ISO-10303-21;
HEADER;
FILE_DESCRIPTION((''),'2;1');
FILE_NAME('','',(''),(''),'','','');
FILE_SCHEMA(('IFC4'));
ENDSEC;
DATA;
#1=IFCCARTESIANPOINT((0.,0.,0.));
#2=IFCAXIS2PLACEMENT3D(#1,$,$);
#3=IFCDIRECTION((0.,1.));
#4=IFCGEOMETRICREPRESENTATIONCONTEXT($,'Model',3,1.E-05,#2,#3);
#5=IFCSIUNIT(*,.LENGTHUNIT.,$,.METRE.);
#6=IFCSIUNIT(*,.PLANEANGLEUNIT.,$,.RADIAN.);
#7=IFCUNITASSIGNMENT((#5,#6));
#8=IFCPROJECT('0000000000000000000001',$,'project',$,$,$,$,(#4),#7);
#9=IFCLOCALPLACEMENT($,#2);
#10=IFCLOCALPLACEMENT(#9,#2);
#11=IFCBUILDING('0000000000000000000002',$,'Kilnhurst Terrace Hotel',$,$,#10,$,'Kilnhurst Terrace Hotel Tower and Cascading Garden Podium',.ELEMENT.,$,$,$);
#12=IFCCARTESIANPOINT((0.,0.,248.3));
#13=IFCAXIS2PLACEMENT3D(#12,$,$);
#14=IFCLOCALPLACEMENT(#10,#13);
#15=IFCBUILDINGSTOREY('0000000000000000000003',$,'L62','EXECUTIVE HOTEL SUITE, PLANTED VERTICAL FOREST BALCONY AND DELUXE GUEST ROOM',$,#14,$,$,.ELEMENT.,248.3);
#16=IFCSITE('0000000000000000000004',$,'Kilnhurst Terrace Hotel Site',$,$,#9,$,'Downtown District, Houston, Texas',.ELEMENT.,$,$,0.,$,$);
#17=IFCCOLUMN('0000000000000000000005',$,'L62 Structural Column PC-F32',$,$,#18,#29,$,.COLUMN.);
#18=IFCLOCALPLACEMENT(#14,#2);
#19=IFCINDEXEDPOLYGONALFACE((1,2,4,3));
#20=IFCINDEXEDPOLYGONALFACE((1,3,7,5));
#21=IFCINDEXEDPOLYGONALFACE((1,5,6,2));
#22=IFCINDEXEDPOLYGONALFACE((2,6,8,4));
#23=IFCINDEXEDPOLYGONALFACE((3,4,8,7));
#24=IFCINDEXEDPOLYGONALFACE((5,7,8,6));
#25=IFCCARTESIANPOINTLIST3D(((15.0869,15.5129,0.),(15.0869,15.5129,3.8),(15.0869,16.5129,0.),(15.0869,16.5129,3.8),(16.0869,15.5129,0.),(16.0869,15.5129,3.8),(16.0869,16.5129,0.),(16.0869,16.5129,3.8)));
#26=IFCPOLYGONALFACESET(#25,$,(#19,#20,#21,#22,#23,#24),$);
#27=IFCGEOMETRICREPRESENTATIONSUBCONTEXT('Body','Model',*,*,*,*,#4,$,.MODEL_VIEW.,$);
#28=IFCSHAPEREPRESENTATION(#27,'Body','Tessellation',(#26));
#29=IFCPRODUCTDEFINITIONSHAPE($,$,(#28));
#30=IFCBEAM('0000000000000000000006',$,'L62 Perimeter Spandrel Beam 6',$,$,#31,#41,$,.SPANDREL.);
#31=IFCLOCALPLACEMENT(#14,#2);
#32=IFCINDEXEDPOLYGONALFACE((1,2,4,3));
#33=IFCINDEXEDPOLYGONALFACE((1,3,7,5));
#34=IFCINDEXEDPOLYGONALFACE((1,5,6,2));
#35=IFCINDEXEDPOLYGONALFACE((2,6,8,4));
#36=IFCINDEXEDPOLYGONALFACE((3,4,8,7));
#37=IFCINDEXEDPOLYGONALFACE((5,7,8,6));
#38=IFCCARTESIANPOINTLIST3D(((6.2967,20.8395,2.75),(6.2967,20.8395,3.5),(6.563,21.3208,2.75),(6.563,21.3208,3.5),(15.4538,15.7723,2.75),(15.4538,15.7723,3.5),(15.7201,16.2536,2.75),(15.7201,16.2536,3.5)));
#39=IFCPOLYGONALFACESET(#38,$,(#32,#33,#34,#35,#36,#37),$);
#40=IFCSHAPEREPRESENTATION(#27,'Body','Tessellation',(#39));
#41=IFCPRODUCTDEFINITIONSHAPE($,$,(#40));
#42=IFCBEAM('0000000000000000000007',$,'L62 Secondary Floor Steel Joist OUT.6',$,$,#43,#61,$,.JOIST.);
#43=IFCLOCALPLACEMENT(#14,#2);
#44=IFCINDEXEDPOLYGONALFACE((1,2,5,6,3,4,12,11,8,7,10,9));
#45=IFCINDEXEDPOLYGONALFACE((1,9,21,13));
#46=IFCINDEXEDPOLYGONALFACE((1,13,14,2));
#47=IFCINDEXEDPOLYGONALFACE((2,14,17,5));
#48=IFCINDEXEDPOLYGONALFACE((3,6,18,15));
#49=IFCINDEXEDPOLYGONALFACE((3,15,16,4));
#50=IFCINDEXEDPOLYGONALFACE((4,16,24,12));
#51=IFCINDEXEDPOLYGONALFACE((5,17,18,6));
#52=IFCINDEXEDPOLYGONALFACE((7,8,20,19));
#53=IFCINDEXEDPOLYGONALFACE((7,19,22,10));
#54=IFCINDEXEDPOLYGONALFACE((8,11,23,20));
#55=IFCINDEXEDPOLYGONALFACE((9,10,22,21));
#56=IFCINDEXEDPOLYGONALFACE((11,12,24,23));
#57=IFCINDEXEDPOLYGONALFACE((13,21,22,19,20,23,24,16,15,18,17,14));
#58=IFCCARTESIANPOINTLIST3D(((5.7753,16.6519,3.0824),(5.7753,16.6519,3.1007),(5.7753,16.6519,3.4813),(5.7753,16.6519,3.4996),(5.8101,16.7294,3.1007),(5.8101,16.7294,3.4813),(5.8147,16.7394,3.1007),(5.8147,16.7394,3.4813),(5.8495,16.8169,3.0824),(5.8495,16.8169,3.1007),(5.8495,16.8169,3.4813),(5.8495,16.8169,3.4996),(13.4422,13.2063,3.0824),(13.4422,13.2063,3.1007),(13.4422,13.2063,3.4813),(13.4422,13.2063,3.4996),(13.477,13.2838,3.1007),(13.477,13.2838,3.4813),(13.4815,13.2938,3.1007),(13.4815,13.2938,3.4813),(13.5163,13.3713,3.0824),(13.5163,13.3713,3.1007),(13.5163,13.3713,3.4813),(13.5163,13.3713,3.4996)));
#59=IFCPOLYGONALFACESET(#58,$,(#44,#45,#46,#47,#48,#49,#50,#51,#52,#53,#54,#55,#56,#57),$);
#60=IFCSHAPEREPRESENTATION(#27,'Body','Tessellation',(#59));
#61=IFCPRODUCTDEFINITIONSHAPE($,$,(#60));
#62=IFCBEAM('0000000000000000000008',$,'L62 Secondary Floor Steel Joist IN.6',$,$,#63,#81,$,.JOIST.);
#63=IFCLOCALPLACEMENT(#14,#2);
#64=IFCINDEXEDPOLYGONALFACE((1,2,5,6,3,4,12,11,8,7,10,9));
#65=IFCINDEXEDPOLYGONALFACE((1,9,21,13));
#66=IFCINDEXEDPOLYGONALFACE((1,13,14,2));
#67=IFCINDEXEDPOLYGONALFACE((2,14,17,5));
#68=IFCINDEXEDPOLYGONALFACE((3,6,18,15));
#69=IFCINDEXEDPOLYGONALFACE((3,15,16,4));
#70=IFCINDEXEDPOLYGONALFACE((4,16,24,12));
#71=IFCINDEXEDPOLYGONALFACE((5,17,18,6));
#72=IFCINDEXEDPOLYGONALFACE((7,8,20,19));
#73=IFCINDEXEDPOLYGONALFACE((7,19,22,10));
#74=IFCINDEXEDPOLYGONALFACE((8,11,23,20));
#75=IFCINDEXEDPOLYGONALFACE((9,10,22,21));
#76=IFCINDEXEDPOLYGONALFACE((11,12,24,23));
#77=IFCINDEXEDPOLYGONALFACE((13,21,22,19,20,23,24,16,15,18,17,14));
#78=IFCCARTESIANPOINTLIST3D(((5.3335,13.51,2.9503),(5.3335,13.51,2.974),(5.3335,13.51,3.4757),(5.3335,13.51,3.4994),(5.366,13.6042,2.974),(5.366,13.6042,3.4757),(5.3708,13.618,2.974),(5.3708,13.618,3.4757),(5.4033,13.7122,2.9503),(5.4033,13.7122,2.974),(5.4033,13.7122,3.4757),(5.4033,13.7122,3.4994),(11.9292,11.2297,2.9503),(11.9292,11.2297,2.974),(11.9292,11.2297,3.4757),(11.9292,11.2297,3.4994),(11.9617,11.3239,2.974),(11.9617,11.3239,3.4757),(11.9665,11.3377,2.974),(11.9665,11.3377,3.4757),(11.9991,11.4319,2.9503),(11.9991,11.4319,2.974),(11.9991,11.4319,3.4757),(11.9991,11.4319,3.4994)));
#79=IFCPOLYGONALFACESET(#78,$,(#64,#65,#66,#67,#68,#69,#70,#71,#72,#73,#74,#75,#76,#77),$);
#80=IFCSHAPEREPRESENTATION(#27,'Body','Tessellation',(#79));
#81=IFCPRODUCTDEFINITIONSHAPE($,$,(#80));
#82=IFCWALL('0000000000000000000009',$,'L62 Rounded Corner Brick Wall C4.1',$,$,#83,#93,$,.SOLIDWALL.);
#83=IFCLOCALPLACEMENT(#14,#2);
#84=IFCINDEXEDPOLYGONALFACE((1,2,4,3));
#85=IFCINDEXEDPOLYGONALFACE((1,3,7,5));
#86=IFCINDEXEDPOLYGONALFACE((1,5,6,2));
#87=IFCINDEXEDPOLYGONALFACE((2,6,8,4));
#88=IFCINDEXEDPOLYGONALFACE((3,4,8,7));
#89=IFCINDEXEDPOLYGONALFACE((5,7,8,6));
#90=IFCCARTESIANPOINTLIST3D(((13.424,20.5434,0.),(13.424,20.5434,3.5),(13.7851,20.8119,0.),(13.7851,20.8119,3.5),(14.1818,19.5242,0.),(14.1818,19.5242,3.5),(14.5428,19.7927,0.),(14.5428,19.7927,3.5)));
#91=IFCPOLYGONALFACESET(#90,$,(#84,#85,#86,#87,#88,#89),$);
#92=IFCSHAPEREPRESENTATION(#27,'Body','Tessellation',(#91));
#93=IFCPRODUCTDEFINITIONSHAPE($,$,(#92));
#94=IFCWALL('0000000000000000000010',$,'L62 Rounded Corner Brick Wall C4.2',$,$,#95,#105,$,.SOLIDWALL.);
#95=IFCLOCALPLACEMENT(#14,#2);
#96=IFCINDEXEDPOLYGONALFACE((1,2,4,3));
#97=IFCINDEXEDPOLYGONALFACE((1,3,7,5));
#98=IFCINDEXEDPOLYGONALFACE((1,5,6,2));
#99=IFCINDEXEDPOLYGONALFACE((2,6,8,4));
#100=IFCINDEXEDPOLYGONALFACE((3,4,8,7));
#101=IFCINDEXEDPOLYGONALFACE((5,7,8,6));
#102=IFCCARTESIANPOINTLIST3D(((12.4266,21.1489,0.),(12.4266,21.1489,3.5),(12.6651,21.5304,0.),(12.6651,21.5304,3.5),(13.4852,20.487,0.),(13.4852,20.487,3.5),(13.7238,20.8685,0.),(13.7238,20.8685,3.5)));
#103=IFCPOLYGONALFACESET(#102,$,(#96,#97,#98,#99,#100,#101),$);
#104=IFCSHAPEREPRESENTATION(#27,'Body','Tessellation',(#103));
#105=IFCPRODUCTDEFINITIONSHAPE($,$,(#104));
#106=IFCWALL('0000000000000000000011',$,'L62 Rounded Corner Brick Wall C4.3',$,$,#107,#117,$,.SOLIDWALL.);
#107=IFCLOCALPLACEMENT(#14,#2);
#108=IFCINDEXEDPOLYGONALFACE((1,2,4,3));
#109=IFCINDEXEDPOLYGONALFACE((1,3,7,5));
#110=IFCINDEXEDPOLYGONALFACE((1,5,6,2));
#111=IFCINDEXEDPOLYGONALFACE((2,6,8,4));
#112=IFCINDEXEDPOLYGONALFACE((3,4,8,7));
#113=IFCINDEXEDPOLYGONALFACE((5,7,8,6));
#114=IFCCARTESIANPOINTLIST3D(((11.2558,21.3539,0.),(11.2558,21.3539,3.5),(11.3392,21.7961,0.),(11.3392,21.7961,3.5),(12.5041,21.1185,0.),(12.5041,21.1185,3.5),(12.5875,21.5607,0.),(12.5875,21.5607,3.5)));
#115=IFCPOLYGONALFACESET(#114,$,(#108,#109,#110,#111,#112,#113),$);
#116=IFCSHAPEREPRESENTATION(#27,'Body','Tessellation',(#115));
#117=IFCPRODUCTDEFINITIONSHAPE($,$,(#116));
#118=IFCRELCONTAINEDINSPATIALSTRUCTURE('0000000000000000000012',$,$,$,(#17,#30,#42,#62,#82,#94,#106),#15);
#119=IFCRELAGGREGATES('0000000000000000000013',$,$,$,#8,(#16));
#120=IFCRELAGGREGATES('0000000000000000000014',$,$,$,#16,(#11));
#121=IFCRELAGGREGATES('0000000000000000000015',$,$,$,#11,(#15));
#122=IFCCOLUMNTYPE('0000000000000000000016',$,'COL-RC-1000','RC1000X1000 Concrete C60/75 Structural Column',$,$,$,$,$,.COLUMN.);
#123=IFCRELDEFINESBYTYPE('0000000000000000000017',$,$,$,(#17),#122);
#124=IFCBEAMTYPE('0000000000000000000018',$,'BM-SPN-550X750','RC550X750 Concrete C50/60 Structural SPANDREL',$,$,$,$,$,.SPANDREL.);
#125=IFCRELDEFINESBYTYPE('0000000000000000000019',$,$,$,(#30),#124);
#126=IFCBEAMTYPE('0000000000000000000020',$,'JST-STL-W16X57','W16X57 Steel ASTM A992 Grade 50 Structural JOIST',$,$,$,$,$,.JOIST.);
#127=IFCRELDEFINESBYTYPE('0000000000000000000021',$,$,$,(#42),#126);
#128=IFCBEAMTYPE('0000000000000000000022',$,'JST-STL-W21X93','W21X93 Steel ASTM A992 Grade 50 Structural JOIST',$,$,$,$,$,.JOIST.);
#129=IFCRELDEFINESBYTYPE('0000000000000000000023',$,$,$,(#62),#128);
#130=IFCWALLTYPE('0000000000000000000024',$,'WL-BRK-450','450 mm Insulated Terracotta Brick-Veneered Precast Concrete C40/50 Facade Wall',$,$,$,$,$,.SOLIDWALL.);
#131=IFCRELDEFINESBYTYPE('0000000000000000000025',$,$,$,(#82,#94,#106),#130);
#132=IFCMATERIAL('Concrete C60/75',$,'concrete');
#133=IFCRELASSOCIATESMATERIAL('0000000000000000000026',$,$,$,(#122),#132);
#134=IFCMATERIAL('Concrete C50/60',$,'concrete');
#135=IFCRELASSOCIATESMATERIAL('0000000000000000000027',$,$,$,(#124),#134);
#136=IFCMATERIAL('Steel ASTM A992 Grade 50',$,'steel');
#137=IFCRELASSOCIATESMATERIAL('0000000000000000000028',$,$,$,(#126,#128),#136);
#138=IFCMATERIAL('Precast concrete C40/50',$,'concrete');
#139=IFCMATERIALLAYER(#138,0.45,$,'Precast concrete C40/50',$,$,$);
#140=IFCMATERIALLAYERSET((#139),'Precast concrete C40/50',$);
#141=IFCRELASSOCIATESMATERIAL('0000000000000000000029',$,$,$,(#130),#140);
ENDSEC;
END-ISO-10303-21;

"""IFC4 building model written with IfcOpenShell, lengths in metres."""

from ifc_helpers import new_model, si_unit, direction, frame, frame_2d, origin, origin_2d, place, context, subcontext, project, spatial, rectangle, i_section, extrude, material, layer, layer_set, material_profile, profile_set, type_object, element, save


model = new_model("IFC4")

# Units and contexts
model_context = context("Model", 3, precision=1e-05, world=origin(), true_north=direction((0.0, 1.0)))
body_context = subcontext(model_context, "Body", "Model", "MODEL_VIEW")
ifc_project = project(units=[si_unit("LENGTHUNIT", "METRE"), si_unit("PLANEANGLEUNIT", "RADIAN")], contexts=[model_context])

# Site, building, storey
site_placement = place(None, origin())
site = spatial("IfcSite", under=ifc_project, at=site_placement, Name="Kilnhurst Terrace Hotel Site", LongName="Downtown District, Houston, Texas", CompositionType="ELEMENT", RefElevation=0.0)
building_placement = place(site_placement, origin())
building = spatial("IfcBuilding", under=site, at=building_placement, Name="Kilnhurst Terrace Hotel", LongName="Kilnhurst Terrace Hotel Tower and Cascading Garden Podium", CompositionType="ELEMENT")
storey_placement = place(building_placement, frame((0.0, 0.0, 248.3)))
storey = spatial("IfcBuildingStorey", under=building, at=storey_placement, Name="L62", Description="EXECUTIVE HOTEL SUITE, PLANTED VERTICAL FOREST BALCONY AND DELUXE GUEST ROOM", CompositionType="ELEMENT", Elevation=248.3)

# Column
ifc_material_1 = material(Name="Concrete C60/75", Category="concrete")
ifc_material_profile_1 = material_profile(ifc_material_1, rectangle(XDim=1.0, YDim=1.0, at=origin_2d()), Name="RC1000X1000")
ifc_profile_set_1 = profile_set([ifc_material_profile_1], Name="Concrete C60/75")
column_type = type_object("IfcColumnType", Name="COL-RC-1000", Description="RC1000X1000 Concrete C60/75 Structural Column", PredefinedType="COLUMN", material=ifc_profile_set_1)
column_placement = place(storey_placement, frame((15.5869, 16.0129, 0.0), z_axis=(0.0, 0.0, 1.0), x_axis=(1.0, 0.0, 0.0)))
element("IfcColumn", 1, at=column_placement, inside=storey, type_object=column_type, Name="L62 Structural Column PC-F32", PredefinedType="COLUMN", context=body_context, shape_type="SweptSolid", body=[
    extrude(rectangle(XDim=1.0, YDim=1.0, at=origin_2d()), origin(), (0.0, 0.0, 1.0), 3.8),
])

# Beams
ifc_material_2 = material(Name="Concrete C50/60", Category="concrete")
ifc_material_profile_2 = material_profile(ifc_material_2, rectangle(XDim=0.55, YDim=0.75, at=origin_2d()), Name="RC550X750")
ifc_profile_set_2 = profile_set([ifc_material_profile_2], Name="Concrete C50/60")
beam_type_1 = type_object("IfcBeamType", Name="BM-SPN-550X750", Description="RC550X750 Concrete C50/60 Structural SPANDREL", PredefinedType="SPANDREL", material=ifc_profile_set_2)
beam_1_placement = place(storey_placement, frame((15.5869, 16.0129, 3.125), z_axis=(-0.87497, 0.484177, 0.0), x_axis=(-0.484177, -0.87497, 0.0)))
element("IfcBeam", 2, at=beam_1_placement, inside=storey, type_object=beam_type_1, Name="L62 Perimeter Spandrel Beam 6", PredefinedType="SPANDREL", context=body_context, shape_type="SweptSolid", body=[
    extrude(rectangle(XDim=0.55, YDim=0.75, at=origin_2d()), origin(), (0.0, 0.0, 1.0), 10.4656),
])
ifc_material_3 = material(Name="Steel ASTM A992 Grade 50", Category="steel")
ifc_material_profile_3 = material_profile(ifc_material_3, i_section(OverallWidth=0.1809, OverallDepth=0.4172, WebThickness=0.011, FlangeThickness=0.0183, at=origin_2d()), Name="W16X57")
ifc_profile_set_3 = profile_set([ifc_material_profile_3], Name="Steel ASTM A992 Grade 50")
beam_type_2 = type_object("IfcBeamType", Name="JST-STL-W16X57", Description="W16X57 Steel ASTM A992 Grade 50 Structural JOIST", PredefinedType="JOIST", material=ifc_profile_set_3)
beam_2_placement = place(storey_placement, frame((13.4792, 13.2888, 3.291), z_axis=(-0.912121, 0.409921, 0.0), x_axis=(-0.409921, -0.912121, 0.0)))
element("IfcBeam", 3, at=beam_2_placement, inside=storey, type_object=beam_type_2, Name="L62 Secondary Floor Steel Joist OUT.6", PredefinedType="JOIST", context=body_context, shape_type="SweptSolid", body=[
    extrude(i_section(OverallWidth=0.1809, OverallDepth=0.4172, WebThickness=0.011, FlangeThickness=0.0183, at=origin_2d()), origin(), (0.0, 0.0, 1.0), 8.4055),
])
ifc_material_profile_4 = material_profile(ifc_material_3, i_section(OverallWidth=0.2139, OverallDepth=0.5491, WebThickness=0.0146, FlangeThickness=0.0237, at=origin_2d()), Name="W21X93")
ifc_profile_set_4 = profile_set([ifc_material_profile_4], Name="Steel ASTM A992 Grade 50")
beam_type_3 = type_object("IfcBeamType", Name="JST-STL-W21X93", Description="W21X93 Steel ASTM A992 Grade 50 Structural JOIST", PredefinedType="JOIST", material=ifc_profile_set_4)
beam_3_placement = place(storey_placement, frame((11.9641, 11.3308, 3.2249), z_axis=(-0.945112, 0.326745, 0.0), x_axis=(-0.326745, -0.945112, 0.0)))
element("IfcBeam", 4, at=beam_3_placement, inside=storey, type_object=beam_type_3, Name="L62 Secondary Floor Steel Joist IN.6", PredefinedType="JOIST", context=body_context, shape_type="SweptSolid", body=[
    extrude(i_section(OverallWidth=0.2139, OverallDepth=0.5491, WebThickness=0.0146, FlangeThickness=0.0237, at=origin_2d()), origin(), (0.0, 0.0, 1.0), 6.9788),
])

# Walls
ifc_material_4 = material(Name="Precast concrete C40/50", Category="concrete")
ifc_layer_1 = layer(ifc_material_4, 0.45, Name="Precast concrete C40/50")
ifc_layer_set_1 = layer_set([ifc_layer_1], Name="Precast concrete C40/50")
wall_type_1 = type_object("IfcWallType", Name="WL-BRK-450", Description="450 mm Insulated Terracotta Brick-Veneered Precast Concrete C40/50 Facade Wall", PredefinedType="SOLIDWALL", material=ifc_layer_set_1)
wall_1_placement = place(storey_placement, frame((14.3623, 19.6584, 0.0), z_axis=(0.0, 0.0, 1.0), x_axis=(-0.596642, 0.802507, 0.0)))
element("IfcWall", 5, at=wall_1_placement, inside=storey, type_object=wall_type_1, Name="L62 Rounded Corner Brick Wall C4.1", PredefinedType="SOLIDWALL", context=body_context, shape_type="SweptSolid", body=[
    extrude(rectangle(XDim=1.27, YDim=0.45, at=frame_2d((0.635, 0.0))), origin(), (0.0, 0.0, 1.0), 3.5),
])
wall_2_placement = place(storey_placement, frame((13.6045, 20.6777, 0.0), z_axis=(0.0, 0.0, 1.0), x_axis=(-0.84791, 0.53014, 0.0)))
element("IfcWall", 6, at=wall_2_placement, inside=storey, type_object=wall_type_1, Name="L62 Rounded Corner Brick Wall C4.2", PredefinedType="SOLIDWALL", context=body_context, shape_type="SweptSolid", body=[
    extrude(rectangle(XDim=1.2485, YDim=0.45, at=frame_2d((0.6243, 0.0))), origin(), (0.0, 0.0, 1.0), 3.5),
])
wall_3_placement = place(storey_placement, frame((12.5459, 21.3396, 0.0), z_axis=(0.0, 0.0, 1.0), x_axis=(-0.982687, 0.185275, 0.0)))
element("IfcWall", 7, at=wall_3_placement, inside=storey, type_object=wall_type_1, Name="L62 Rounded Corner Brick Wall C4.3", PredefinedType="SOLIDWALL", context=body_context, shape_type="SweptSolid", body=[
    extrude(rectangle(XDim=1.2703, YDim=0.45, at=frame_2d((0.6353, 0.0))), origin(), (0.0, 0.0, 1.0), 3.5),
])

save(model, "model.ifc")
